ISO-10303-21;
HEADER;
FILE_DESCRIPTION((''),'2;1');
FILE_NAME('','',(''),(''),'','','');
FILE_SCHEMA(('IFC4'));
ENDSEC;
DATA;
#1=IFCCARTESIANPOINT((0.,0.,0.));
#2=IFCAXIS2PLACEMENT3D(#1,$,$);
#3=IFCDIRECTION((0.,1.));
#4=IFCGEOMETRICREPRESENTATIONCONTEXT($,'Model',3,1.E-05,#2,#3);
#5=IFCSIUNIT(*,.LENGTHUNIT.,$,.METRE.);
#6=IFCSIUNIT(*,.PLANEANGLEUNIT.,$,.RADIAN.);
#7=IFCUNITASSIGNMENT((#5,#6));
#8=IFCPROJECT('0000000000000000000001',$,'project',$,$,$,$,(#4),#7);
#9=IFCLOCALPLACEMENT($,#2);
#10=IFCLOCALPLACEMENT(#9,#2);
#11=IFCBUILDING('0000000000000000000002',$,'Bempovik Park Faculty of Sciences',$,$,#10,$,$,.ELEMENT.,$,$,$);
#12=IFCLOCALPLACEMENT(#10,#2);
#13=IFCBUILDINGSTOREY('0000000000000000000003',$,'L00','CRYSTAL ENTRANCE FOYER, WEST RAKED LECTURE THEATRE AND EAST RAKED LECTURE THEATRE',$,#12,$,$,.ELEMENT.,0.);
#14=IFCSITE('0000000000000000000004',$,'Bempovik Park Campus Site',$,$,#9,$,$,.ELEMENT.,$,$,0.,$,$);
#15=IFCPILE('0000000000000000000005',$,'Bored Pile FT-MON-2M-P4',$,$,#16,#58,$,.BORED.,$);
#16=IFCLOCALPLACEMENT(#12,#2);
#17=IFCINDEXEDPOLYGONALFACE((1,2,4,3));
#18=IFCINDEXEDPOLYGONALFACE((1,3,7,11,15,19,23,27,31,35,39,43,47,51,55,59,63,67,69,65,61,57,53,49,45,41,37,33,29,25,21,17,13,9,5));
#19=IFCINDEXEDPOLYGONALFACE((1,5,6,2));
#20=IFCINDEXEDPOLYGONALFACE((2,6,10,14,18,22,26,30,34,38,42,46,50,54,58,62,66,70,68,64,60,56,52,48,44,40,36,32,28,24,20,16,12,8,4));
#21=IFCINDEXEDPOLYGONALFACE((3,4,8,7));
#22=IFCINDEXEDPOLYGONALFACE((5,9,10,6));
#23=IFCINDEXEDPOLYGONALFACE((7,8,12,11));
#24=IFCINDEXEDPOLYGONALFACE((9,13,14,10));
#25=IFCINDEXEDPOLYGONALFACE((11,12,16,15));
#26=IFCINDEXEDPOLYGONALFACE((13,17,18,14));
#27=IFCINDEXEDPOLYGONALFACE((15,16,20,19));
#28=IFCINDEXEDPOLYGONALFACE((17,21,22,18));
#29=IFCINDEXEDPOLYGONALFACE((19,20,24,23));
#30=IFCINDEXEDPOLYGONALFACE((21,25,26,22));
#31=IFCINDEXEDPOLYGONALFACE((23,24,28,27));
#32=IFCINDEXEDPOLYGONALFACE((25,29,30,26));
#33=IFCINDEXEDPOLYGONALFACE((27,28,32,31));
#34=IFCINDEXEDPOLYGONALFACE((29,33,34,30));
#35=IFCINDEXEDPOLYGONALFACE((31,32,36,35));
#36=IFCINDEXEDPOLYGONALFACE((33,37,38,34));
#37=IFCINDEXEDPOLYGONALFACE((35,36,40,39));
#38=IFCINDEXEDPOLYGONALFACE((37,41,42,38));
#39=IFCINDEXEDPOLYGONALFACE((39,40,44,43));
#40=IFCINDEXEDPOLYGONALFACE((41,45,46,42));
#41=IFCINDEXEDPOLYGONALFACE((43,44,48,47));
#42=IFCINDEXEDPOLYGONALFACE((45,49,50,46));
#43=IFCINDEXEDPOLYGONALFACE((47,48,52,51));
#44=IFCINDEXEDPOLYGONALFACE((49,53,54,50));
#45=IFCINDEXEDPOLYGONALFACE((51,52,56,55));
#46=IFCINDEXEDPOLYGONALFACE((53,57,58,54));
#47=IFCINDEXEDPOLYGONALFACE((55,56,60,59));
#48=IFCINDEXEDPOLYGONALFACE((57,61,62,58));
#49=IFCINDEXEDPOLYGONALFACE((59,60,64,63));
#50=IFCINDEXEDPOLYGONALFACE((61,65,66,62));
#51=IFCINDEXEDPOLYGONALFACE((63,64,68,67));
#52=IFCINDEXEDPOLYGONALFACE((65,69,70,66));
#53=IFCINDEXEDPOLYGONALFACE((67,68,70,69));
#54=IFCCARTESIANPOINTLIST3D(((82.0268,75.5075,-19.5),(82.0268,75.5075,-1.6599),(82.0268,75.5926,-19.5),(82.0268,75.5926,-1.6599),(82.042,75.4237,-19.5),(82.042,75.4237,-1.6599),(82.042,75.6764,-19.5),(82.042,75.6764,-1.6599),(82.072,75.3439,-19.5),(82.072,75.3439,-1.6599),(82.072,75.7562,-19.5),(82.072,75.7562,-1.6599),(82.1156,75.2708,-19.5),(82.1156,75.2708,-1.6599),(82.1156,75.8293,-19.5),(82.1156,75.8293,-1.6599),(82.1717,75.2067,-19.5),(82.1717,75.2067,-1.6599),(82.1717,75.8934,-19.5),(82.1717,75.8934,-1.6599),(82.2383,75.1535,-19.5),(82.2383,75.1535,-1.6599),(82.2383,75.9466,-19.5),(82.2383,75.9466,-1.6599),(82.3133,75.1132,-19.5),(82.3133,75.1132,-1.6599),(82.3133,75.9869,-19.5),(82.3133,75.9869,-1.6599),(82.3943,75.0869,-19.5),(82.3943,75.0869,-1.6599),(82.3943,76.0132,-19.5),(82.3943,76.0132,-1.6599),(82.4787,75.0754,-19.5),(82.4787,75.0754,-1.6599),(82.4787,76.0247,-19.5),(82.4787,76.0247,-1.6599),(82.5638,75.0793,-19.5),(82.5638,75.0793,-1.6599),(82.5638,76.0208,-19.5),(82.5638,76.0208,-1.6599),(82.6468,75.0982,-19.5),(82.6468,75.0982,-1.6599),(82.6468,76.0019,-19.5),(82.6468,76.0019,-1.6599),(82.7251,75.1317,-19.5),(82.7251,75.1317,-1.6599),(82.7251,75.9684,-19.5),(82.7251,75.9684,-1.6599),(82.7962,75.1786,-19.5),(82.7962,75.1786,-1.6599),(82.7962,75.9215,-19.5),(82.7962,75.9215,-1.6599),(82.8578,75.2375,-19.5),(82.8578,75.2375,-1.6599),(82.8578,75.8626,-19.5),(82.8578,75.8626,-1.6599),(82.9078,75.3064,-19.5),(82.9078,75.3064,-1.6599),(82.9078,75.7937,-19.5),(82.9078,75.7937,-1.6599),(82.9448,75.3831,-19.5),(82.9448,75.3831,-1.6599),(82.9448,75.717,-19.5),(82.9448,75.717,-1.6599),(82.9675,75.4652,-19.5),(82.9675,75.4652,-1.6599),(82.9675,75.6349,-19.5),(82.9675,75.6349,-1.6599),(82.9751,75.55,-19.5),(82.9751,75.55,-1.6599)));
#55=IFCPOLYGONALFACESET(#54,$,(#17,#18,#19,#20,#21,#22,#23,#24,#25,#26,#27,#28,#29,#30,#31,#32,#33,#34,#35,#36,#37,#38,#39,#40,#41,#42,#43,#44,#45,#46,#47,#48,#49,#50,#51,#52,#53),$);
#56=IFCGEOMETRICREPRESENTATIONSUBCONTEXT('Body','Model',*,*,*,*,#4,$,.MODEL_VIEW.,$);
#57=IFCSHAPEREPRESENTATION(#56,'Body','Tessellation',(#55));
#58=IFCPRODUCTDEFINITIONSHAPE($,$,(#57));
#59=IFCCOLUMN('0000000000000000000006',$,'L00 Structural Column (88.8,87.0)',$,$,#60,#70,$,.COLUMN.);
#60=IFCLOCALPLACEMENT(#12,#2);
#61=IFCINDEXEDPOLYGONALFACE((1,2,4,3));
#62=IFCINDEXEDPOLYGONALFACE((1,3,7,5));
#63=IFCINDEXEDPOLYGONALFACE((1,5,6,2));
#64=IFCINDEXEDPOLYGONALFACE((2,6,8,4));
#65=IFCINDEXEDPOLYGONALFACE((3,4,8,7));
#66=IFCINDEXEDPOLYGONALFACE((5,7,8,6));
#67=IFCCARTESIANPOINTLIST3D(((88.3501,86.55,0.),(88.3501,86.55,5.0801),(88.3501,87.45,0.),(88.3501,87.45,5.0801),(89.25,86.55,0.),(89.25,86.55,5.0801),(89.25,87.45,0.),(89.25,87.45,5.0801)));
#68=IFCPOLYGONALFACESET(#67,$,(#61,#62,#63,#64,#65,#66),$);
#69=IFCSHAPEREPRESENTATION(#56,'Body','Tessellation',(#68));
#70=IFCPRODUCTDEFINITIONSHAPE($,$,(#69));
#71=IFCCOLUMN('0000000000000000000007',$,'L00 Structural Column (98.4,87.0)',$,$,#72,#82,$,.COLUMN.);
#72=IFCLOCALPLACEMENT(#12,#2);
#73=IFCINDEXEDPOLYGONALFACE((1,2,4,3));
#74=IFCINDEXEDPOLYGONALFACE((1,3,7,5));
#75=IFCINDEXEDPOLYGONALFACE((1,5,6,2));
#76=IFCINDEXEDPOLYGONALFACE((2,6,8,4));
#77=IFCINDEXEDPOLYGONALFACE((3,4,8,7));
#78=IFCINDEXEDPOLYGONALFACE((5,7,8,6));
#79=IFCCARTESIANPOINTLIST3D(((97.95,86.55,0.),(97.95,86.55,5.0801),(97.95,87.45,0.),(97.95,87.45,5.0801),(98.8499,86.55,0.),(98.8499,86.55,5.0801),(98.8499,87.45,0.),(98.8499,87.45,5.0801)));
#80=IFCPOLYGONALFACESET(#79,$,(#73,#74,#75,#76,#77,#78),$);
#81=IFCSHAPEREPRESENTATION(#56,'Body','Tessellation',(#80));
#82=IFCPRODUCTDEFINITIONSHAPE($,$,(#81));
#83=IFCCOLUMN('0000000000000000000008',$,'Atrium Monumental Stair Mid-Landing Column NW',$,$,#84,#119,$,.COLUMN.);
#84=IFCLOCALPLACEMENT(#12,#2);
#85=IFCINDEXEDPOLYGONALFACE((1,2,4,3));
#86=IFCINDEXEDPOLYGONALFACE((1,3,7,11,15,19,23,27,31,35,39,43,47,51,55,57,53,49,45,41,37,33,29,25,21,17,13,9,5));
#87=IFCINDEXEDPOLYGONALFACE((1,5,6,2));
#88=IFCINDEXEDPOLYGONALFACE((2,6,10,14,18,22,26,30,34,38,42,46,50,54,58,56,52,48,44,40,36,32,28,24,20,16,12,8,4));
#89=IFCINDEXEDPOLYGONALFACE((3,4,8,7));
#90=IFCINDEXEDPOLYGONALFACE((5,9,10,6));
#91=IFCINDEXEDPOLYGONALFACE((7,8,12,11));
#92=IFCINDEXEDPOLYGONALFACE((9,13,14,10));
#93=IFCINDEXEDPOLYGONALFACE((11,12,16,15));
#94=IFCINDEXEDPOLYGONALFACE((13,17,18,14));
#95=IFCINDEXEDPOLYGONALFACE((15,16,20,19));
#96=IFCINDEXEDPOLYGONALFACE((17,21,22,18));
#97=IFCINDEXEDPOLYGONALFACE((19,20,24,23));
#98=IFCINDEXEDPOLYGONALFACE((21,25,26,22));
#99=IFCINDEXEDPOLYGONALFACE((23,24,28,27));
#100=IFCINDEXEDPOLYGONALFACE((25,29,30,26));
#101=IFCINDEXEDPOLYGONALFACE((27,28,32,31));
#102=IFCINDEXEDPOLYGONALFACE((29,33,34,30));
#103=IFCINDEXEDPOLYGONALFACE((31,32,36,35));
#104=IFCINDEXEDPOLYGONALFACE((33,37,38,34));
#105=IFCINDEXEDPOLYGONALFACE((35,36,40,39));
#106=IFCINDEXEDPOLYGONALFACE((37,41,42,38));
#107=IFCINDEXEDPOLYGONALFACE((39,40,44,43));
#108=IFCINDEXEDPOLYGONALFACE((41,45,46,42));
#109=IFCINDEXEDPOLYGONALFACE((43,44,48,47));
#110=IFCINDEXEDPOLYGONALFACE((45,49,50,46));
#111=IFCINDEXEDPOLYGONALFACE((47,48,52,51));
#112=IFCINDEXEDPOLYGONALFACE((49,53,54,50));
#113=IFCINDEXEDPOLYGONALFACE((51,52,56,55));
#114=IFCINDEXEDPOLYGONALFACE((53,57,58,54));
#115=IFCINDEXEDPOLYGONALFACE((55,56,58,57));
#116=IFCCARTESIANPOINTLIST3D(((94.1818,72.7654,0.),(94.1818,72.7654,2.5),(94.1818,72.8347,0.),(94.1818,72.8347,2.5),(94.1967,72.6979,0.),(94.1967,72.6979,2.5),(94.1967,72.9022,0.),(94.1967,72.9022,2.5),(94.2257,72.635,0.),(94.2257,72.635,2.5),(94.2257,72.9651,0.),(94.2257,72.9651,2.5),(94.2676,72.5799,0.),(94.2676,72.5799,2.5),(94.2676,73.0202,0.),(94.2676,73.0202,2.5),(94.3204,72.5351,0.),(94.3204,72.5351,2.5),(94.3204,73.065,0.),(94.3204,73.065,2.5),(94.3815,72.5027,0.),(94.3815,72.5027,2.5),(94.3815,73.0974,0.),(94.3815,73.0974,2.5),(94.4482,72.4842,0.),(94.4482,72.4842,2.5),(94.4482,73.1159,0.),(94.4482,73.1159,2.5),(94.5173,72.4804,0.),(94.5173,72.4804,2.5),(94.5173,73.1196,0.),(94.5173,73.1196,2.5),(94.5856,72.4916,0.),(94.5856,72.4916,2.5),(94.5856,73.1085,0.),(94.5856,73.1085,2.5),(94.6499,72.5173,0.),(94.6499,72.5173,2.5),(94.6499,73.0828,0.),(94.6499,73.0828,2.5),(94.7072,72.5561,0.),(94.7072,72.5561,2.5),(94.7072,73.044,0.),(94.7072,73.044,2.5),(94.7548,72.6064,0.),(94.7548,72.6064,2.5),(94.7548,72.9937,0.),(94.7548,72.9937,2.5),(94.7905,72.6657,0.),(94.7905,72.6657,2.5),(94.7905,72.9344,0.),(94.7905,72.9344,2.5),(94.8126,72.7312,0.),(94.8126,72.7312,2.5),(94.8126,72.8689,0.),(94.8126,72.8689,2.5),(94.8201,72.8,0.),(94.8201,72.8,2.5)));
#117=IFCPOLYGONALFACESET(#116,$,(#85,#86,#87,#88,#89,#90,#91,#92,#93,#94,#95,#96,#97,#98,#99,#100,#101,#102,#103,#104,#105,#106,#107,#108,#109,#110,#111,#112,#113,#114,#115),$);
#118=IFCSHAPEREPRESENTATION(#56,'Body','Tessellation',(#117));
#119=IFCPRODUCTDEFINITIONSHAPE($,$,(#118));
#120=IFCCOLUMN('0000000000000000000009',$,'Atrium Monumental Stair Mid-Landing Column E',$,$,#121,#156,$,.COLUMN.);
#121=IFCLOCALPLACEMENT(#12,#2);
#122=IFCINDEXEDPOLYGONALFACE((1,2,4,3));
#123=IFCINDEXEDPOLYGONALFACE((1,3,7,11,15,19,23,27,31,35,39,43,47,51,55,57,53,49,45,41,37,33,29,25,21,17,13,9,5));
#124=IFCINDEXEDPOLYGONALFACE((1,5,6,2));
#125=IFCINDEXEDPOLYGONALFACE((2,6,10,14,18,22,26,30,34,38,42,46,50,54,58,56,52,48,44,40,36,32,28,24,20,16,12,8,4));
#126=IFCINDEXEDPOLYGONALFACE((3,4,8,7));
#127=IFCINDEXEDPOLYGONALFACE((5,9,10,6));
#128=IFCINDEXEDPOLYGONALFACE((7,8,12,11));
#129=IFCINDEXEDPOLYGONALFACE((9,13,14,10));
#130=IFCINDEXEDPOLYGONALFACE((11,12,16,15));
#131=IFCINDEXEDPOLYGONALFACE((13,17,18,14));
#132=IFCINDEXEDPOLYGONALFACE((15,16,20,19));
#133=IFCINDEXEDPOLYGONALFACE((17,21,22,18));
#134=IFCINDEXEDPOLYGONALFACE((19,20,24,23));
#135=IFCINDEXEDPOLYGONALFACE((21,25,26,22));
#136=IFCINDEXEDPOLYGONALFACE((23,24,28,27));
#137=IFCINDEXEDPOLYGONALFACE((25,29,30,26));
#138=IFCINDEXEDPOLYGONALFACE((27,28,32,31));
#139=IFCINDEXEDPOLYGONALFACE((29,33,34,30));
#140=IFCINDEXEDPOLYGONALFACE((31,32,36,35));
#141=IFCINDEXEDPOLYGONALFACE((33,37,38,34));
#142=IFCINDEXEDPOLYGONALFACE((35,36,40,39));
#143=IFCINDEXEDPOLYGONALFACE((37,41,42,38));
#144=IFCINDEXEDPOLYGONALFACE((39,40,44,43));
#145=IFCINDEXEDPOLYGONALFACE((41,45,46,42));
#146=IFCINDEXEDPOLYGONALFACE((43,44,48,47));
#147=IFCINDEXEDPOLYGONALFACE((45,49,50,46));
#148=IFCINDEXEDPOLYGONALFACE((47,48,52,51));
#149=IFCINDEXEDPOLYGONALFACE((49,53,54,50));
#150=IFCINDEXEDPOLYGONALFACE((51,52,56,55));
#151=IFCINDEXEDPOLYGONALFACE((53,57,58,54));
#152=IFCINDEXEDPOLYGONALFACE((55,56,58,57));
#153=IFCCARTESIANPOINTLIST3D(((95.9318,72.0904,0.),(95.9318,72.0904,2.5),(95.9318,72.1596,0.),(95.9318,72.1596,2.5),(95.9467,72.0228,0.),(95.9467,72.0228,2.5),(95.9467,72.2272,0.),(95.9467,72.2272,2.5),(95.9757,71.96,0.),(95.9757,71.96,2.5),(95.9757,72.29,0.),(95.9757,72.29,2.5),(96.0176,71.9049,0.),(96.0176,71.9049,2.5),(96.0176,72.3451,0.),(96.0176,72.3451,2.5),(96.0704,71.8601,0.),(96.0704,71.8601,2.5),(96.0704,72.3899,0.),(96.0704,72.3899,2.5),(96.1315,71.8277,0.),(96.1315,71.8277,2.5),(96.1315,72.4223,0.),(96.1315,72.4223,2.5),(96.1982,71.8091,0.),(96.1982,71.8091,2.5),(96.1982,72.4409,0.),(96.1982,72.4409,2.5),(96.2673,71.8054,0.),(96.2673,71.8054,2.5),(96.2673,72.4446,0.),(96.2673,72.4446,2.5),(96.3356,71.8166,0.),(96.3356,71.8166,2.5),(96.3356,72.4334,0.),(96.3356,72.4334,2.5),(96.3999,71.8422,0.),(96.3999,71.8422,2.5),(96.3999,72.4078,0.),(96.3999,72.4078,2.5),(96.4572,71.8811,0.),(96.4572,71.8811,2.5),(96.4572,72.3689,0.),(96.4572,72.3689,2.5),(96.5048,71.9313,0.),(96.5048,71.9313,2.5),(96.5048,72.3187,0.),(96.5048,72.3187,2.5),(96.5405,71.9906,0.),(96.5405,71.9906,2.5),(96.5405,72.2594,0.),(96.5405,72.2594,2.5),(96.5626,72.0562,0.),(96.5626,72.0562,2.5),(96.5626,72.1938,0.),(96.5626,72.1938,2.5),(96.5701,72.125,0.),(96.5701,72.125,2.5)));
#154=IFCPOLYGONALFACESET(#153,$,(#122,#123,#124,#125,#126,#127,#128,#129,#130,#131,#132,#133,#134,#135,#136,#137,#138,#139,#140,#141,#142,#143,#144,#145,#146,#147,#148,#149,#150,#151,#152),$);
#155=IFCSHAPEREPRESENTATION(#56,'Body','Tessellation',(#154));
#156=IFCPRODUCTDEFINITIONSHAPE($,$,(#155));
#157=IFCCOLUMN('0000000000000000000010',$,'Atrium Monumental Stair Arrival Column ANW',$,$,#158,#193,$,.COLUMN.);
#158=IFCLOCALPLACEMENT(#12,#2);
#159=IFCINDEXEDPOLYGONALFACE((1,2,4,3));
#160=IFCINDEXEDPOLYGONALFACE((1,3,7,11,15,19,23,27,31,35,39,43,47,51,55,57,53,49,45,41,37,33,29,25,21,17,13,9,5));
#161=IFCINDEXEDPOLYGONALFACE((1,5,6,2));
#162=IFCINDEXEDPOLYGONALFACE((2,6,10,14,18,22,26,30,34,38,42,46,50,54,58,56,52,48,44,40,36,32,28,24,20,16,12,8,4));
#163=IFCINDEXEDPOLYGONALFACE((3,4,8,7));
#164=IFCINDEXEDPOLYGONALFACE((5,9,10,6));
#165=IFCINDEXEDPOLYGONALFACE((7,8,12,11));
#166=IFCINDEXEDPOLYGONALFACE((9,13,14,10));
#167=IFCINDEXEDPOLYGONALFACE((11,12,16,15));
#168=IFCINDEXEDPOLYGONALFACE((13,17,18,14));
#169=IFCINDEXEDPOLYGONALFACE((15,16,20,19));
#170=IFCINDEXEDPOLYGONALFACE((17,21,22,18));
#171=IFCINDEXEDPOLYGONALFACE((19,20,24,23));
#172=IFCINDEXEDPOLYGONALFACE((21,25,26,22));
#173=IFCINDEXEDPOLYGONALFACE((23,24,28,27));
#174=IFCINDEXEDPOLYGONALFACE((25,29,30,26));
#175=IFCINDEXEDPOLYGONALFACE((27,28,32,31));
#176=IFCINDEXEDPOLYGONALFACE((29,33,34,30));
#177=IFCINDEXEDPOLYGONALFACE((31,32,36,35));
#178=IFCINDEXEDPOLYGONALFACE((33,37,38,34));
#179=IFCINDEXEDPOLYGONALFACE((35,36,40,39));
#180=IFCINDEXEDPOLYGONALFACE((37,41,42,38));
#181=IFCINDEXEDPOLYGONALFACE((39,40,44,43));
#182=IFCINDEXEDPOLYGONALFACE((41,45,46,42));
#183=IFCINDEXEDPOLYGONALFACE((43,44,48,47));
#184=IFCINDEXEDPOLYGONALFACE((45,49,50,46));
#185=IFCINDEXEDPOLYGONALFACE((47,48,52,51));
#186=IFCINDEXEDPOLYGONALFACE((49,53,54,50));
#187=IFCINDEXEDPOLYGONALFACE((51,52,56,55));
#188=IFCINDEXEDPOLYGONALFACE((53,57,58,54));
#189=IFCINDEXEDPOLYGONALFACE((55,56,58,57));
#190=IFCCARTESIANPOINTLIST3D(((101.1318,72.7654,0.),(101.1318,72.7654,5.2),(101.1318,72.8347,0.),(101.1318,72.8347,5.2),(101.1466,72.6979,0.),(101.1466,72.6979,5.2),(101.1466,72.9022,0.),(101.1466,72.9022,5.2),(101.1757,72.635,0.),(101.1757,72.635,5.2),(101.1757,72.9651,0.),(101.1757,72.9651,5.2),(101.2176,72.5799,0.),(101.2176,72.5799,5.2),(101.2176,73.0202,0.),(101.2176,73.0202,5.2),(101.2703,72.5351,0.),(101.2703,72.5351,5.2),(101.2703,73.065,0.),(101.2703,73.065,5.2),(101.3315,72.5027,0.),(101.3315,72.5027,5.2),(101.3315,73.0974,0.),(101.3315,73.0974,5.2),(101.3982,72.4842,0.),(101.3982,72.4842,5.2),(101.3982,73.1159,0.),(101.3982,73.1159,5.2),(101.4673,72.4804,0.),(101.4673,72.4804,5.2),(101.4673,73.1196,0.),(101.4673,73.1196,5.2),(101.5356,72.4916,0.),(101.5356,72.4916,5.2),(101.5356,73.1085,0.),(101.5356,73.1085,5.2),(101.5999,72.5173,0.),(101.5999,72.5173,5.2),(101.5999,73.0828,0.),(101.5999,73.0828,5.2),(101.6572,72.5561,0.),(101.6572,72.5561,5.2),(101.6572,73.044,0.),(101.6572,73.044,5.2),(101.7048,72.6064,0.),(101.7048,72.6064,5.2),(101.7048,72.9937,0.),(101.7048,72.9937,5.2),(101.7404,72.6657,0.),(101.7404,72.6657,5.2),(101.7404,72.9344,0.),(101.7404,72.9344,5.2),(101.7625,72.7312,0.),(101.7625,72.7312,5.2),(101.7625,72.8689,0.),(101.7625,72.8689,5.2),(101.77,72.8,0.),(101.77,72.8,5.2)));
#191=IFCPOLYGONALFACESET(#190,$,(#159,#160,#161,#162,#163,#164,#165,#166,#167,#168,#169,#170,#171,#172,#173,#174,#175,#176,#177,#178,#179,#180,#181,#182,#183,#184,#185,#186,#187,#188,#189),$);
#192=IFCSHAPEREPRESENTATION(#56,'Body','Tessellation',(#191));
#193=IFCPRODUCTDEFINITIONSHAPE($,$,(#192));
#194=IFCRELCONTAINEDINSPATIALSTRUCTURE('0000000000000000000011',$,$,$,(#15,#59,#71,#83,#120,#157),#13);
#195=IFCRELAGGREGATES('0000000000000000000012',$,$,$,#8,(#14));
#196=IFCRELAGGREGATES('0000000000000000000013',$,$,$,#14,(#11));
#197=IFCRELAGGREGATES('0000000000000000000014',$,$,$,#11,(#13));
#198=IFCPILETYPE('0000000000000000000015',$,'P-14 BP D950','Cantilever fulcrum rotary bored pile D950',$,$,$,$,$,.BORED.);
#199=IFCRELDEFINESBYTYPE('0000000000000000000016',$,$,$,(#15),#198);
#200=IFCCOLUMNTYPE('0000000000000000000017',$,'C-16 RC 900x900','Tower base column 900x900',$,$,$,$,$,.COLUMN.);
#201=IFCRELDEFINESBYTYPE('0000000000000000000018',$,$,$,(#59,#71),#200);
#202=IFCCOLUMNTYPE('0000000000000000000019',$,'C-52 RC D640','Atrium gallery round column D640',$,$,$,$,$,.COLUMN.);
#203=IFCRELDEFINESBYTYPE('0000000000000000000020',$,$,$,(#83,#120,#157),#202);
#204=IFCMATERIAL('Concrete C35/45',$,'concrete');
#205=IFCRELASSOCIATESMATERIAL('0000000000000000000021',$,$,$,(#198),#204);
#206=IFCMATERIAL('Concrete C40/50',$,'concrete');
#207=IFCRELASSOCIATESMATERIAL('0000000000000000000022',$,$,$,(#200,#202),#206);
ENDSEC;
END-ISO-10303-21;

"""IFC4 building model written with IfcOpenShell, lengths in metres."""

from ifc_helpers import new_model, si_unit, direction, frame, origin, origin_2d, place, context, subcontext, project, spatial, rectangle, circle, extrude, material, material_profile, profile_set, type_object, element, save


model = new_model("IFC4")

# Units and contexts
model_context = context("Model", 3, precision=1e-05, world=origin(), true_north=direction((0.0, 1.0)))
body_context = subcontext(model_context, "Body", "Model", "MODEL_VIEW")
ifc_project = project(units=[si_unit("LENGTHUNIT", "METRE"), si_unit("PLANEANGLEUNIT", "RADIAN")], contexts=[model_context])

# Site, building, storey
site_placement = place(None, origin())
site = spatial("IfcSite", under=ifc_project, at=site_placement, Name="Bempovik Park Campus Site", CompositionType="ELEMENT", RefElevation=0.0)
building_placement = place(site_placement, origin())
building = spatial("IfcBuilding", under=site, at=building_placement, Name="Bempovik Park Faculty of Sciences", CompositionType="ELEMENT")
storey_placement = place(building_placement, origin())
storey = spatial("IfcBuildingStorey", under=building, at=storey_placement, Name="L00", Description="CRYSTAL ENTRANCE FOYER, WEST RAKED LECTURE THEATRE AND EAST RAKED LECTURE THEATRE", CompositionType="ELEMENT", Elevation=0.0)

# Shared definitions
ifc_material_1 = material(Name="Concrete C35/45", Category="concrete")

# Pile
ifc_material_profile_1 = material_profile(ifc_material_1, circle(Radius=0.4751, at=origin_2d()), Name="BP D950")
ifc_profile_set_1 = profile_set([ifc_material_profile_1], Name="Concrete C35/45")
pile_type = type_object("IfcPileType", Name="P-14 BP D950", Description="Cantilever fulcrum rotary bored pile D950", PredefinedType="BORED", material=ifc_profile_set_1)
for number, where, z_axis, x_axis, name in (
    (1, (82.5, 75.55, -1.6599), (0.0, 0.0, -1.0), (1.0, 0.0, 0.0), "Bored Pile FT-MON-2M-P4"),
):
    element("IfcPile", number, at=place(storey_placement, frame(where, z_axis=z_axis, x_axis=x_axis)), inside=storey, type_object=pile_type, Name=name, PredefinedType="BORED", context=body_context, shape_type="SweptSolid", body=[
        extrude(circle(Radius=0.4751, at=origin_2d()), origin(), (0.0, 0.0, 1.0), 17.8401),
    ])

# Columns
ifc_material_2 = material(Name="Concrete C40/50", Category="concrete")
ifc_material_profile_2 = material_profile(ifc_material_2, rectangle(XDim=0.8999, YDim=0.8999, at=origin_2d()), Name="RC 900x900")
ifc_profile_set_2 = profile_set([ifc_material_profile_2], Name="Concrete C40/50")
column_type_1 = type_object("IfcColumnType", Name="C-16 RC 900x900", Description="Tower base column 900x900", PredefinedType="COLUMN", material=ifc_profile_set_2)
for number, where, z_axis, x_axis, name in (
    (2, (88.8, 87.0, 0.0), (0.0, 0.0, 1.0), (1.0, 0.0, 0.0), "L00 Structural Column (88.8,87.0)"),
    (3, (98.3999, 87.0, 0.0), (0.0, 0.0, 1.0), (1.0, 0.0, 0.0), "L00 Structural Column (98.4,87.0)"),
):
    element("IfcColumn", number, at=place(storey_placement, frame(where, z_axis=z_axis, x_axis=x_axis)), inside=storey, type_object=column_type_1, Name=name, PredefinedType="COLUMN", context=body_context, shape_type="SweptSolid", body=[
        extrude(rectangle(XDim=0.8999, YDim=0.8999, at=origin_2d()), origin(), (0.0, 0.0, 1.0), 5.0801),
    ])
ifc_material_profile_3 = material_profile(ifc_material_2, circle(Radius=0.3201, at=origin_2d()), Name="RC D640")
ifc_profile_set_3 = profile_set([ifc_material_profile_3], Name="Concrete C40/50")
column_type_2 = type_object("IfcColumnType", Name="C-52 RC D640", Description="Atrium gallery round column D640", PredefinedType="COLUMN", material=ifc_profile_set_3)
for number, where, z_axis, x_axis, name in (
    (4, (94.5, 72.8, 0.0), (0.0, 0.0, 1.0), (1.0, 0.0, 0.0), "Atrium Monumental Stair Mid-Landing Column NW"),
    (5, (96.25, 72.125, 0.0), (0.0, 0.0, 1.0), (1.0, 0.0, 0.0), "Atrium Monumental Stair Mid-Landing Column E"),
):
    element("IfcColumn", number, at=place(storey_placement, frame(where, z_axis=z_axis, x_axis=x_axis)), inside=storey, type_object=column_type_2, Name=name, PredefinedType="COLUMN", context=body_context, shape_type="SweptSolid", body=[
        extrude(circle(Radius=0.3201, at=origin_2d()), origin(), (0.0, 0.0, 1.0), 2.5),
    ])
for number, where, z_axis, x_axis, name in (
    (6, (101.45, 72.8, 0.0), (0.0, 0.0, 1.0), (1.0, 0.0, 0.0), "Atrium Monumental Stair Arrival Column ANW"),
):
    element("IfcColumn", number, at=place(storey_placement, frame(where, z_axis=z_axis, x_axis=x_axis)), inside=storey, type_object=column_type_2, Name=name, PredefinedType="COLUMN", context=body_context, shape_type="SweptSolid", body=[
        extrude(circle(Radius=0.3201, at=origin_2d()), origin(), (0.0, 0.0, 1.0), 5.2),
    ])

save(model, "model.ifc")
